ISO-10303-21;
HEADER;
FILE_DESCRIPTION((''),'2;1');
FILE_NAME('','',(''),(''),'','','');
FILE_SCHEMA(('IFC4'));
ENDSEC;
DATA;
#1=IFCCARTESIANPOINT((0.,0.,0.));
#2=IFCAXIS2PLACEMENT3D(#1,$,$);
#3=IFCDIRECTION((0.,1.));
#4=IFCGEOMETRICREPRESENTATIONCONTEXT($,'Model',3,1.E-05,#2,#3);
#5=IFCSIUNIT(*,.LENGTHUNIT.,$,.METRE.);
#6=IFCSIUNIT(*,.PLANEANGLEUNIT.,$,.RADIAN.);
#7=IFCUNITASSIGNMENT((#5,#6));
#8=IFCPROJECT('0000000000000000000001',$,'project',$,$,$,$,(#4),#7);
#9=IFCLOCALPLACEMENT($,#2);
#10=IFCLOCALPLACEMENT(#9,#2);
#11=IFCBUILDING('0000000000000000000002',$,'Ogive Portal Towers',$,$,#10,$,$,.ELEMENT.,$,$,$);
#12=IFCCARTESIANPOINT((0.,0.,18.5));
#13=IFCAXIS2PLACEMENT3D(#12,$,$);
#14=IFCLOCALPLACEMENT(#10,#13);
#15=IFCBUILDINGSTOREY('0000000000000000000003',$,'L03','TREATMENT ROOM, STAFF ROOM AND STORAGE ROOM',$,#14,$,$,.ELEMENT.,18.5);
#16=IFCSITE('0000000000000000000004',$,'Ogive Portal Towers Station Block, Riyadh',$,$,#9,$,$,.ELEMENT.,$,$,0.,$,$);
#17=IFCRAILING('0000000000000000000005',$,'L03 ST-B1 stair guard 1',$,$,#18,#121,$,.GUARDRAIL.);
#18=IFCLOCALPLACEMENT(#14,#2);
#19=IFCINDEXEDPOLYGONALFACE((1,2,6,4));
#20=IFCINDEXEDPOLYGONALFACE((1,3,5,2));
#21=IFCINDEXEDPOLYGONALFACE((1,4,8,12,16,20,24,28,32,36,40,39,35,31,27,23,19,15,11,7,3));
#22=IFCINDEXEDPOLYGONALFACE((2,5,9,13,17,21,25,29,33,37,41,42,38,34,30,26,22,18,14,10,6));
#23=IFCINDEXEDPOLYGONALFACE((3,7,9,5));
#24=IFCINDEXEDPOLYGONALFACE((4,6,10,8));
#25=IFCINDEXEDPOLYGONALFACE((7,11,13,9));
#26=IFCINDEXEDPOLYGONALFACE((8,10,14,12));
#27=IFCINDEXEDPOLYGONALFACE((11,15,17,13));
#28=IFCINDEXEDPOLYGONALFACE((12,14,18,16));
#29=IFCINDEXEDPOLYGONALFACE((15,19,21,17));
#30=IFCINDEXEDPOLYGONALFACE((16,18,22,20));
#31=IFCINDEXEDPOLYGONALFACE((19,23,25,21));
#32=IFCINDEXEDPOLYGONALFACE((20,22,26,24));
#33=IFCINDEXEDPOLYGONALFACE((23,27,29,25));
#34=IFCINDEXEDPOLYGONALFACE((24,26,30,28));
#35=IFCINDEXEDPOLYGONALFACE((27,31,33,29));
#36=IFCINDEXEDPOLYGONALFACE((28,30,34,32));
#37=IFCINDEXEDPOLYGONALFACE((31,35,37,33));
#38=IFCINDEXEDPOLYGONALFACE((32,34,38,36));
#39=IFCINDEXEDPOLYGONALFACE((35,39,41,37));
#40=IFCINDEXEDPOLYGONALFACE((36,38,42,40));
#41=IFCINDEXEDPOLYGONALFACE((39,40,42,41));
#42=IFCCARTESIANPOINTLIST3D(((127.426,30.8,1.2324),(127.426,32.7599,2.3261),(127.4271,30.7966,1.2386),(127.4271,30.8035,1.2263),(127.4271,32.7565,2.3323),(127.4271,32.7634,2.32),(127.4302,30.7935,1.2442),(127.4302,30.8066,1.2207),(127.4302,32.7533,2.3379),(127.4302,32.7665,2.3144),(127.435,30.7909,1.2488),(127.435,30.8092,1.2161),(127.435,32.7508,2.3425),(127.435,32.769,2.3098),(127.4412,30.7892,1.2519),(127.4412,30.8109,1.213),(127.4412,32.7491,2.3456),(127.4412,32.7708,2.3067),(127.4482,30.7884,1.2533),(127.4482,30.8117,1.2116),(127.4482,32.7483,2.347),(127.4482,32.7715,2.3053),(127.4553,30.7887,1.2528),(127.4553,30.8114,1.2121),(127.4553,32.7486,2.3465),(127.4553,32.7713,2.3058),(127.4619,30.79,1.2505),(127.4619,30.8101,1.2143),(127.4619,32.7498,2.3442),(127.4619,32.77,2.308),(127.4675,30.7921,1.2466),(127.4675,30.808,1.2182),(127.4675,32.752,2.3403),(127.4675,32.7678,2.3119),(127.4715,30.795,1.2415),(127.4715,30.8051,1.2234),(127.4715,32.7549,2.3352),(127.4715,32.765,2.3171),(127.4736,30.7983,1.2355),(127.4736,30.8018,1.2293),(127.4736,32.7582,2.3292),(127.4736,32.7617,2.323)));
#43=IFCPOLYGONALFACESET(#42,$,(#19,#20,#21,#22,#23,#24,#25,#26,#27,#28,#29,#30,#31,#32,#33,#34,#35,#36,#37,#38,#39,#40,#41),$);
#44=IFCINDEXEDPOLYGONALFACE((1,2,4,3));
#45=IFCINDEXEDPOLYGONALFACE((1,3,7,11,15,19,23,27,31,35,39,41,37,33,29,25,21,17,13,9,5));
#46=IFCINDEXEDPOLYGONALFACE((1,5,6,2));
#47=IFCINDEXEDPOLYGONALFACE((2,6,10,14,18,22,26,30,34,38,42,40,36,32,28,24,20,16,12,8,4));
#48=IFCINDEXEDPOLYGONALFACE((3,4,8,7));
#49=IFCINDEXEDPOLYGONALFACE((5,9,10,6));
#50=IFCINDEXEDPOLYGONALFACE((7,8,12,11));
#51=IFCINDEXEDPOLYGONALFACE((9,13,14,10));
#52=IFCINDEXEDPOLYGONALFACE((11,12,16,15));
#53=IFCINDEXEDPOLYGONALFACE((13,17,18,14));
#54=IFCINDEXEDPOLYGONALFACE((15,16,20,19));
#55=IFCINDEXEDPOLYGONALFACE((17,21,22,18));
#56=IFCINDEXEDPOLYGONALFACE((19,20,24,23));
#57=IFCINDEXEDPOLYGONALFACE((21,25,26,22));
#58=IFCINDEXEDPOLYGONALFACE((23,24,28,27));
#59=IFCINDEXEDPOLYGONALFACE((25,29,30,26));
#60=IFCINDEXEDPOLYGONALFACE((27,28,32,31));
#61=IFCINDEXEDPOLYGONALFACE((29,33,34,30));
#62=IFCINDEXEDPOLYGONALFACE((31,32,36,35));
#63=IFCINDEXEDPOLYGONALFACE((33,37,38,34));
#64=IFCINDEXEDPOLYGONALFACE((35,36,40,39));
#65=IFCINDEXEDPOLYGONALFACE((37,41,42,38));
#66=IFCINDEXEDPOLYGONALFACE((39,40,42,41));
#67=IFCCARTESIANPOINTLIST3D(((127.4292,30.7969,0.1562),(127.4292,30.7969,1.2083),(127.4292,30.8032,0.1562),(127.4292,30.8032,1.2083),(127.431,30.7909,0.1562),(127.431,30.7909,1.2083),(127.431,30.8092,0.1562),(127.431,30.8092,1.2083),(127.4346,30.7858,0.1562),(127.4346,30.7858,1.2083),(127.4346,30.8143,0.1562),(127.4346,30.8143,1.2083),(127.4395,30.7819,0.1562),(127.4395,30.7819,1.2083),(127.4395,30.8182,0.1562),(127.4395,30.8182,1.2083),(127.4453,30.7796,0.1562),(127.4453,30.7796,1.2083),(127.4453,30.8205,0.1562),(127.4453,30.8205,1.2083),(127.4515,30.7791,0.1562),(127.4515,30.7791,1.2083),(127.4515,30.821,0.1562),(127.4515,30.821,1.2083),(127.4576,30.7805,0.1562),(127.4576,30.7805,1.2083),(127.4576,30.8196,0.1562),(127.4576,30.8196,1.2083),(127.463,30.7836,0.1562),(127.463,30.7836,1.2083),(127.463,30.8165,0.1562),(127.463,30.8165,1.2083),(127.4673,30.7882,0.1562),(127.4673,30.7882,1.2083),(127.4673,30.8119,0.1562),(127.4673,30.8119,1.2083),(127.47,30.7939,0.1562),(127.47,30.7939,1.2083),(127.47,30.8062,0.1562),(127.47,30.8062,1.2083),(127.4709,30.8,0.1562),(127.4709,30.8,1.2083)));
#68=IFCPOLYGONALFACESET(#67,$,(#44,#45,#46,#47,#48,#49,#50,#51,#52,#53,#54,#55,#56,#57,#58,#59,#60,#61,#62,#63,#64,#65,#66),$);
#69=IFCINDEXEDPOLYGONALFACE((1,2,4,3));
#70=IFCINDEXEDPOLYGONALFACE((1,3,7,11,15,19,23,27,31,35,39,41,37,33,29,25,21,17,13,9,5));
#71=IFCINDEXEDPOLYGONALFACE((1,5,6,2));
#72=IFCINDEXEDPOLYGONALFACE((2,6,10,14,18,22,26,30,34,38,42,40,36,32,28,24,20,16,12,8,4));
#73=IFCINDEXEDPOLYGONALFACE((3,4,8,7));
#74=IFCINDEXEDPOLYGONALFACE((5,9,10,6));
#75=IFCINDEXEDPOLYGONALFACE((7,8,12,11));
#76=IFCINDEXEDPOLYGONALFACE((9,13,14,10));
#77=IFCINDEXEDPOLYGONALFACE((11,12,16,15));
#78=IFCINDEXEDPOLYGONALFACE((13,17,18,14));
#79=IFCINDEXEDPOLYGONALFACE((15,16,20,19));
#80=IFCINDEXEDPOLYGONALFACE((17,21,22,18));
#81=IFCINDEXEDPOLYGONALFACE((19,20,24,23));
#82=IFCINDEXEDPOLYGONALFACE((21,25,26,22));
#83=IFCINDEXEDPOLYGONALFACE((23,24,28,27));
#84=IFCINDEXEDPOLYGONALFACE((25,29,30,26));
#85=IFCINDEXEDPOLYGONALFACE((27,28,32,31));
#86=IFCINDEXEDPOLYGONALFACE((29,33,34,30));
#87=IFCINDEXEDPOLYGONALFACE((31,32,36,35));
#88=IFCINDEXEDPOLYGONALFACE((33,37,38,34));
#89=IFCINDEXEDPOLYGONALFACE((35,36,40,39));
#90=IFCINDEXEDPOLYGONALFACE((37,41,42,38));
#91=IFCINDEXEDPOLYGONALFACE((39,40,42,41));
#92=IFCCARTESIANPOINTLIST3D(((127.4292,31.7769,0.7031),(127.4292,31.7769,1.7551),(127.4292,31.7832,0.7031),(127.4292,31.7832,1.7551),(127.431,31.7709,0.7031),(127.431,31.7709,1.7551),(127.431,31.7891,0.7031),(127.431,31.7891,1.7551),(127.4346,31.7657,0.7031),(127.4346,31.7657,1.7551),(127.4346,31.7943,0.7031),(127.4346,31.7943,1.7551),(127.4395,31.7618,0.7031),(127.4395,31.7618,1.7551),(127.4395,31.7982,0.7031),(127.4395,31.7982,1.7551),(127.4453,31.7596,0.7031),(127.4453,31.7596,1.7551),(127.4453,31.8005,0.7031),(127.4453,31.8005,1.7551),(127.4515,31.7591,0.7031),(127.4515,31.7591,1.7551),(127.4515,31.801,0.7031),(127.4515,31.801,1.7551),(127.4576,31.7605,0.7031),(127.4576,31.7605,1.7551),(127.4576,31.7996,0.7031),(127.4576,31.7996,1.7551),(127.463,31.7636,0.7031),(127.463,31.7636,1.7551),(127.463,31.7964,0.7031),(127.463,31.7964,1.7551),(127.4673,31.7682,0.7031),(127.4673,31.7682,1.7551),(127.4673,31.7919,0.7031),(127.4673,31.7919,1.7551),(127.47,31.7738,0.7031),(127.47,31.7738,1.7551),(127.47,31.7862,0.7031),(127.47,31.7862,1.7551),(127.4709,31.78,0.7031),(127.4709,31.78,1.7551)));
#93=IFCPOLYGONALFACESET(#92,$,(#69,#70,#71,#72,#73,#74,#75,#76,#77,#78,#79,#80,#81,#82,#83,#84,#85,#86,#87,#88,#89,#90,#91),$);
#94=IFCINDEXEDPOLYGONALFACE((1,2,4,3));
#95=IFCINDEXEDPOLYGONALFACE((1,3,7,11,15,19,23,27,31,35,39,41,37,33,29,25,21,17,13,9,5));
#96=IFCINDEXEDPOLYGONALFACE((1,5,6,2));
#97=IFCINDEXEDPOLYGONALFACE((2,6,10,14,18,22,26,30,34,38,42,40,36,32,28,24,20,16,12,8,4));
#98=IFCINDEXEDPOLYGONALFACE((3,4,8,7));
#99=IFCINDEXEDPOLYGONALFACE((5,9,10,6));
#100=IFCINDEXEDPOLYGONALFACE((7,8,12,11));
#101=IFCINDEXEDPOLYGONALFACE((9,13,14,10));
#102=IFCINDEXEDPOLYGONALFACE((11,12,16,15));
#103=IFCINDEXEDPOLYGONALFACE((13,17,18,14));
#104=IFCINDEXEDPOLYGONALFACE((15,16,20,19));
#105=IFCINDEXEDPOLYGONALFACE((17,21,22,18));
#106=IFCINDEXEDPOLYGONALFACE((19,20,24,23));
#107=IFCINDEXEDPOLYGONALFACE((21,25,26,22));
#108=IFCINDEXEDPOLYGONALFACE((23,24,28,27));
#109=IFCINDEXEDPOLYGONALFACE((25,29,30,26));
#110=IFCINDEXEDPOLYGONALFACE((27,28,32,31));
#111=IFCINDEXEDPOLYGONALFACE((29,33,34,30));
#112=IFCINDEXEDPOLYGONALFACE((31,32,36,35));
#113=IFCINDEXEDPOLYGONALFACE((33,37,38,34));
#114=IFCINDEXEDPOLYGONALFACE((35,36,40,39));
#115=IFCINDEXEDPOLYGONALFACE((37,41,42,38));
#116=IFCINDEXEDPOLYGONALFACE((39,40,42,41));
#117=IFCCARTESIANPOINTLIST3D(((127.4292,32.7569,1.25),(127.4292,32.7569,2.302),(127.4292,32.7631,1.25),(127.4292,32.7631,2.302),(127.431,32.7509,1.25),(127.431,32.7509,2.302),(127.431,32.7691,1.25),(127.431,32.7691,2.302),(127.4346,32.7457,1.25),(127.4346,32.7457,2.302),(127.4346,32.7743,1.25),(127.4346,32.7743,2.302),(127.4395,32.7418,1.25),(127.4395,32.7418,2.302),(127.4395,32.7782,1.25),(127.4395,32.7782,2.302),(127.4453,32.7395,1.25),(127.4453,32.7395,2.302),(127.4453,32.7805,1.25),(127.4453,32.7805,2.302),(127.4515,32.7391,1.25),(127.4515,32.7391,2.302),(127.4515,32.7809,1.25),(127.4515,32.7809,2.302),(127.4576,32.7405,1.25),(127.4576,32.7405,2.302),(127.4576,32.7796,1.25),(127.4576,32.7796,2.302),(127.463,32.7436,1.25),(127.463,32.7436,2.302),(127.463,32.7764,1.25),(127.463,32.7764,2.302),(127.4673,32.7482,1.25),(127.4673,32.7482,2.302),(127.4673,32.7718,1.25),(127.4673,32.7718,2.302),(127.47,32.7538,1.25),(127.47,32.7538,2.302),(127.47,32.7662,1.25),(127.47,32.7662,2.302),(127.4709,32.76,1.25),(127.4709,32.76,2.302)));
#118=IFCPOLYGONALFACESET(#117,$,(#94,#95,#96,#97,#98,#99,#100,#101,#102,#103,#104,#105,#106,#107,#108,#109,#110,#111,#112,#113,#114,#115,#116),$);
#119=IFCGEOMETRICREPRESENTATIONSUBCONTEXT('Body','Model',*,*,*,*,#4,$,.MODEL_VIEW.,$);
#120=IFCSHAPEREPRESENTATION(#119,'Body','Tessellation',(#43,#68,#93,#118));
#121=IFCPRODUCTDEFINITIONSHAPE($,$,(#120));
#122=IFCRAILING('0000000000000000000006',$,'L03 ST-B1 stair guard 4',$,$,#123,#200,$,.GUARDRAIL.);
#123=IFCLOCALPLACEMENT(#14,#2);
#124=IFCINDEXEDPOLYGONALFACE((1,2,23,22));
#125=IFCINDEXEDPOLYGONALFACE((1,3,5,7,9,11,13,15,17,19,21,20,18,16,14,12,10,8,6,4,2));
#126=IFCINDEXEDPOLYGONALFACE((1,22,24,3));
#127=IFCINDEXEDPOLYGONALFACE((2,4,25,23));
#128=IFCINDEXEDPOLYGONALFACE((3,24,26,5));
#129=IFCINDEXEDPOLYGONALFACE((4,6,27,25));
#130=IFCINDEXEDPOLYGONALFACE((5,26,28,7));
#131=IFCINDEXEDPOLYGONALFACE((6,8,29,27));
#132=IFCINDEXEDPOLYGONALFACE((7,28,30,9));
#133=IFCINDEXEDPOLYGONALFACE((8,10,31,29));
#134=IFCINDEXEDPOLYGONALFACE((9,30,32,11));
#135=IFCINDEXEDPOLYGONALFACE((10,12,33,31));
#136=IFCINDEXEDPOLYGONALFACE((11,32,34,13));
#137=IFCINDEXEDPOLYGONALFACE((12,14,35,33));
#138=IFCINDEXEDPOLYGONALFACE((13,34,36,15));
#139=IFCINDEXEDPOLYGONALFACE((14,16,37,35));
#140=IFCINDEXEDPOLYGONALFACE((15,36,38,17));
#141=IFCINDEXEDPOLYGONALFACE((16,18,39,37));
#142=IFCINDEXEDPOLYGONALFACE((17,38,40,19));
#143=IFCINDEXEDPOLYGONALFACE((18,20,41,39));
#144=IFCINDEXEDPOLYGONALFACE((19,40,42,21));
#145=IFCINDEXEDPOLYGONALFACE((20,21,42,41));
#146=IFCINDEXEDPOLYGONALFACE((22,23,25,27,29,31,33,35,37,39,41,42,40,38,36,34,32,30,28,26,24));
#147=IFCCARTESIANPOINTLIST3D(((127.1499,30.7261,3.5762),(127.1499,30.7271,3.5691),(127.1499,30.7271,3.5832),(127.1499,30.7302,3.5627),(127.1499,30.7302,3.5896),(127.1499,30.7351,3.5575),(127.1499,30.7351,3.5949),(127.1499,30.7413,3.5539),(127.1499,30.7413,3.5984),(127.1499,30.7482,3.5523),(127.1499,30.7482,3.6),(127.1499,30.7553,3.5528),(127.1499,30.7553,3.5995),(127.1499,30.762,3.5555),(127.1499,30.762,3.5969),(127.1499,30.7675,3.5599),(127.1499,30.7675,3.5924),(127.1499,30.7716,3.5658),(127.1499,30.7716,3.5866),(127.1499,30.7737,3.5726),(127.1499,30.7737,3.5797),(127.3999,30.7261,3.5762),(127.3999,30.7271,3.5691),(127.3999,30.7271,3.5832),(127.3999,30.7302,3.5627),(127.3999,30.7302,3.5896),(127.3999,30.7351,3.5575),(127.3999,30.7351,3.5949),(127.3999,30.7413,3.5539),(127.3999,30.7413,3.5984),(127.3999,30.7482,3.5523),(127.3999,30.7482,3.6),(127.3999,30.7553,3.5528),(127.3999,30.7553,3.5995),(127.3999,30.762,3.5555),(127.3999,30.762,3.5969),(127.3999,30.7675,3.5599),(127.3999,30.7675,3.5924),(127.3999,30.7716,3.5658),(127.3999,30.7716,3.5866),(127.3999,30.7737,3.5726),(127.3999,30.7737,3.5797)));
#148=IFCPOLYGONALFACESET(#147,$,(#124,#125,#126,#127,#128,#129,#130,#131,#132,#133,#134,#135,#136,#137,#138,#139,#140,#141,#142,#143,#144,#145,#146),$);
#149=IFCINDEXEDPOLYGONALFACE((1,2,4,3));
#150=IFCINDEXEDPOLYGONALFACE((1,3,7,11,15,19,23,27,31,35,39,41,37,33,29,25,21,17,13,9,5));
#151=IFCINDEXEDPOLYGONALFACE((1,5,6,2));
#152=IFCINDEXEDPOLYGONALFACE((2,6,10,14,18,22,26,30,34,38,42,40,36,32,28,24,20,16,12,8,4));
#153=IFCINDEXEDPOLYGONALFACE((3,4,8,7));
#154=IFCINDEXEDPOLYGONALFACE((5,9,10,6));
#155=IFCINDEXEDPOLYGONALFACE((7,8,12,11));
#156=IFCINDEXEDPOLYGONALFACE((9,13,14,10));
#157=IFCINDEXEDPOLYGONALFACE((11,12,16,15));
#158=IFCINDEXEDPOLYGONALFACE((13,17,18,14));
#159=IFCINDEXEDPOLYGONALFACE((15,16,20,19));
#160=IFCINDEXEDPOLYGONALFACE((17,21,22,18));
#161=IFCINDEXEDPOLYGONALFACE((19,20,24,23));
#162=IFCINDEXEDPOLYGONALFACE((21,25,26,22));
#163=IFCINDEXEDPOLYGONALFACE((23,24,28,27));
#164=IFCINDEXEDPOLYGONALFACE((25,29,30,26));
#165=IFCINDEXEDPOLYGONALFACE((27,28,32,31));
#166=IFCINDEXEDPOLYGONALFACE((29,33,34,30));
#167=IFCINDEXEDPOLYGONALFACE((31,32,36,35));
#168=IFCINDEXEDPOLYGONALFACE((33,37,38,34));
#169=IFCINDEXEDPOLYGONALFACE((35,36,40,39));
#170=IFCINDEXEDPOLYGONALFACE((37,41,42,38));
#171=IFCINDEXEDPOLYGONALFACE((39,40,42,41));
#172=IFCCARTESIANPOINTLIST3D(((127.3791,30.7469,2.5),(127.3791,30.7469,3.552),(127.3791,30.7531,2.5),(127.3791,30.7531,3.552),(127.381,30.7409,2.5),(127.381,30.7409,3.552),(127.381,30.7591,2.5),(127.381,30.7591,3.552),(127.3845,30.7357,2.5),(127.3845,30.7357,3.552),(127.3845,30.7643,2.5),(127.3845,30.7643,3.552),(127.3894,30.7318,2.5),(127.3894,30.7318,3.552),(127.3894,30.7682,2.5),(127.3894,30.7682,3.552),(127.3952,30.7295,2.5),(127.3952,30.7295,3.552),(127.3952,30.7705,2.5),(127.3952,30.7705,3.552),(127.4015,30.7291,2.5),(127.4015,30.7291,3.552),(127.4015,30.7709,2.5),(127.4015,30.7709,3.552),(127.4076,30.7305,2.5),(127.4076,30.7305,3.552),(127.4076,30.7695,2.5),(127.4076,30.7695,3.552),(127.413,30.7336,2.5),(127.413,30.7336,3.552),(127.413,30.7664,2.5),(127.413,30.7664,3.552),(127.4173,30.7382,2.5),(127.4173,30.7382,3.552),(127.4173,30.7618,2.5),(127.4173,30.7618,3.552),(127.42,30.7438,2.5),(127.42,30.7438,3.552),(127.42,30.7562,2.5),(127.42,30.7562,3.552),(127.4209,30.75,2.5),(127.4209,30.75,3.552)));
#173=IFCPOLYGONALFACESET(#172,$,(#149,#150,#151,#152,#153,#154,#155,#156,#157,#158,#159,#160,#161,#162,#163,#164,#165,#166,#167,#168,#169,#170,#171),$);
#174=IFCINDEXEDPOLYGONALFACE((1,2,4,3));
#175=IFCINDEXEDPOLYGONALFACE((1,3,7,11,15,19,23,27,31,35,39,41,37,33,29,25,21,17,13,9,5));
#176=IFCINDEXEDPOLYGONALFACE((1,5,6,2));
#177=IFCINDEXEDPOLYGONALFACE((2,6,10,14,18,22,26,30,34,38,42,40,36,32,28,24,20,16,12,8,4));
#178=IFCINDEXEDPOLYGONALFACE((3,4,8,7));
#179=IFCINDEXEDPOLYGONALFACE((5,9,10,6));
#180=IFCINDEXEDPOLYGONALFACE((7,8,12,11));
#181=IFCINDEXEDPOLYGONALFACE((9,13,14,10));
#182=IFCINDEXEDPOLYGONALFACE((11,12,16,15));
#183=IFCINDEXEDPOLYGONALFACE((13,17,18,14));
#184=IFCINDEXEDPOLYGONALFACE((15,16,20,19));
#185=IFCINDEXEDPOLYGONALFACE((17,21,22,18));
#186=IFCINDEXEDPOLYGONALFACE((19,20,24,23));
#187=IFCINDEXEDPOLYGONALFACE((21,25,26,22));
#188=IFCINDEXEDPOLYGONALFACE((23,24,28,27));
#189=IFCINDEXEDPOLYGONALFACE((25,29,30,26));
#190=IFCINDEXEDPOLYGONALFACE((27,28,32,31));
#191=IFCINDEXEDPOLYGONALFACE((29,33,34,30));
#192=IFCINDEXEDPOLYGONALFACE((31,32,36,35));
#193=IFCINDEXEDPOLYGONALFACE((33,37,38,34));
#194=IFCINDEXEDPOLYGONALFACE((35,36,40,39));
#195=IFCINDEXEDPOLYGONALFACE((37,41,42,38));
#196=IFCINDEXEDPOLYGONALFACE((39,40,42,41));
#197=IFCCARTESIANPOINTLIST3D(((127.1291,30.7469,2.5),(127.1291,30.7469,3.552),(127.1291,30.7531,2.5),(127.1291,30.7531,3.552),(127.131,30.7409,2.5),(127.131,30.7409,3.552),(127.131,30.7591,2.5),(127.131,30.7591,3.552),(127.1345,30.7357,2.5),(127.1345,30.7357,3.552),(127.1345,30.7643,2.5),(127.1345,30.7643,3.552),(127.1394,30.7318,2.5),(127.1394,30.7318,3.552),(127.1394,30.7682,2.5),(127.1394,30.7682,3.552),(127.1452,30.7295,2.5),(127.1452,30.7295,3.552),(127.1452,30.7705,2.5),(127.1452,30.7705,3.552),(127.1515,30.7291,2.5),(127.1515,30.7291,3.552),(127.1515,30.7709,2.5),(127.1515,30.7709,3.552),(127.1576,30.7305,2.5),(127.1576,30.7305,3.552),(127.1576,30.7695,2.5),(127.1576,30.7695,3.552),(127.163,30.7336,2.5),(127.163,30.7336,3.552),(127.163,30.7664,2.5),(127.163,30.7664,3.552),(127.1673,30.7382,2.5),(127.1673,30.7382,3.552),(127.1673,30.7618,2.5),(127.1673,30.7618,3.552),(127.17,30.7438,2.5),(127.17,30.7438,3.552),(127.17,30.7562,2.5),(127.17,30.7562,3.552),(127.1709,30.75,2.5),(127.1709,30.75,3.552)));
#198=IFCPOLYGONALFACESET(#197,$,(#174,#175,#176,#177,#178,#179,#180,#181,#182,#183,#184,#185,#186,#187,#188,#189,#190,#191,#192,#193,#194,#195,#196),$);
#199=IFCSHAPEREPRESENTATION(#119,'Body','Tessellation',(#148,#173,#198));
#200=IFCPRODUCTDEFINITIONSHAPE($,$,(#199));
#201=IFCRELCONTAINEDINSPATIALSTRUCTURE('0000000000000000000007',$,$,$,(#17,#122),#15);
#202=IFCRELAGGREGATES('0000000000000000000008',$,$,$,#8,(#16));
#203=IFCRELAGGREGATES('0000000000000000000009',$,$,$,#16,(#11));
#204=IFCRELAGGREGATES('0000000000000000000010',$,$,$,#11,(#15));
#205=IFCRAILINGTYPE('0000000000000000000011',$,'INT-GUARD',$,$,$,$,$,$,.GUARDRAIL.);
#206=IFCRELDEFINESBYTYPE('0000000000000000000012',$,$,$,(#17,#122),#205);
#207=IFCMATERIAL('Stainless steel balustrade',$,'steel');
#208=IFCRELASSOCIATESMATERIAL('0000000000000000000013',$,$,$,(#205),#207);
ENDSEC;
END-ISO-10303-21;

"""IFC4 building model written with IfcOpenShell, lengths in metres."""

from ifc_helpers import new_model, si_unit, direction, frame, origin, origin_2d, place, context, subcontext, project, spatial, circle, extrude, material, type_object, element, save


model = new_model("IFC4")

# Units and contexts
model_context = context("Model", 3, precision=1e-05, world=origin(), true_north=direction((0.0, 1.0)))
body_context = subcontext(model_context, "Body", "Model", "MODEL_VIEW")
ifc_project = project(units=[si_unit("LENGTHUNIT", "METRE"), si_unit("PLANEANGLEUNIT", "RADIAN")], contexts=[model_context])

# Site, building, storey
site_placement = place(None, origin())
site = spatial("IfcSite", under=ifc_project, at=site_placement, Name="Ogive Portal Towers Station Block, Riyadh", CompositionType="ELEMENT", RefElevation=0.0)
building_placement = place(site_placement, origin())
building = spatial("IfcBuilding", under=site, at=building_placement, Name="Ogive Portal Towers", CompositionType="ELEMENT")
storey_placement = place(building_placement, frame((0.0, 0.0, 18.5)))
storey = spatial("IfcBuildingStorey", under=building, at=storey_placement, Name="L03", Description="TREATMENT ROOM, STAFF ROOM AND STORAGE ROOM", CompositionType="ELEMENT", Elevation=18.5)

# Railings
ifc_material_1 = material(Name="Stainless steel balustrade", Category="steel")
railing_type = type_object("IfcRailingType", Name="INT-GUARD", PredefinedType="GUARDRAIL", material=ifc_material_1)
railing_placement = place(storey_placement, frame((127.45, 30.8, 0.1562)))
element("IfcRailing", 1, at=railing_placement, inside=storey, type_object=railing_type, Name="L03 ST-B1 stair guard 1", PredefinedType="GUARDRAIL", context=body_context, shape_type="SweptSolid", body=[
    extrude(circle(Radius=0.0239, at=origin_2d()), frame((0.0, 0.0, 1.0762), z_axis=(0.0, 0.873232, 0.487304), x_axis=(-1.0, 0.0, 0.0)), (0.0, 0.0, 1.0), 2.2444),
    extrude(circle(Radius=0.021, at=origin_2d()), origin(), (0.0, 0.0, 1.0), 1.052),
    extrude(circle(Radius=0.021, at=origin_2d()), frame((0.0, 0.98, 0.5469)), (0.0, 0.0, 1.0), 1.052),
    extrude(circle(Radius=0.021, at=origin_2d()), frame((0.0, 1.96, 1.0938)), (0.0, 0.0, 1.0), 1.052),
])
for number, where, name in (
    (2, (127.3999, 30.75, 2.5), "L03 ST-B1 stair guard 4"),
):
    element("IfcRailing", number, at=place(storey_placement, frame(where)), inside=storey, type_object=railing_type, Name=name, PredefinedType="GUARDRAIL", context=body_context, shape_type="SweptSolid", body=[
        extrude(circle(Radius=0.0239, at=origin_2d()), frame((0.0, 0.0, 1.0762), z_axis=(-1.0, 0.0, 0.0), x_axis=(0.0, -1.0, 0.0)), (0.0, 0.0, 1.0), 0.25),
        extrude(circle(Radius=0.021, at=origin_2d()), origin(), (0.0, 0.0, 1.0), 1.052),
        extrude(circle(Radius=0.021, at=origin_2d()), frame((-0.25, 0.0, 0.0)), (0.0, 0.0, 1.0), 1.052),
    ])

save(model, "model.ifc")
